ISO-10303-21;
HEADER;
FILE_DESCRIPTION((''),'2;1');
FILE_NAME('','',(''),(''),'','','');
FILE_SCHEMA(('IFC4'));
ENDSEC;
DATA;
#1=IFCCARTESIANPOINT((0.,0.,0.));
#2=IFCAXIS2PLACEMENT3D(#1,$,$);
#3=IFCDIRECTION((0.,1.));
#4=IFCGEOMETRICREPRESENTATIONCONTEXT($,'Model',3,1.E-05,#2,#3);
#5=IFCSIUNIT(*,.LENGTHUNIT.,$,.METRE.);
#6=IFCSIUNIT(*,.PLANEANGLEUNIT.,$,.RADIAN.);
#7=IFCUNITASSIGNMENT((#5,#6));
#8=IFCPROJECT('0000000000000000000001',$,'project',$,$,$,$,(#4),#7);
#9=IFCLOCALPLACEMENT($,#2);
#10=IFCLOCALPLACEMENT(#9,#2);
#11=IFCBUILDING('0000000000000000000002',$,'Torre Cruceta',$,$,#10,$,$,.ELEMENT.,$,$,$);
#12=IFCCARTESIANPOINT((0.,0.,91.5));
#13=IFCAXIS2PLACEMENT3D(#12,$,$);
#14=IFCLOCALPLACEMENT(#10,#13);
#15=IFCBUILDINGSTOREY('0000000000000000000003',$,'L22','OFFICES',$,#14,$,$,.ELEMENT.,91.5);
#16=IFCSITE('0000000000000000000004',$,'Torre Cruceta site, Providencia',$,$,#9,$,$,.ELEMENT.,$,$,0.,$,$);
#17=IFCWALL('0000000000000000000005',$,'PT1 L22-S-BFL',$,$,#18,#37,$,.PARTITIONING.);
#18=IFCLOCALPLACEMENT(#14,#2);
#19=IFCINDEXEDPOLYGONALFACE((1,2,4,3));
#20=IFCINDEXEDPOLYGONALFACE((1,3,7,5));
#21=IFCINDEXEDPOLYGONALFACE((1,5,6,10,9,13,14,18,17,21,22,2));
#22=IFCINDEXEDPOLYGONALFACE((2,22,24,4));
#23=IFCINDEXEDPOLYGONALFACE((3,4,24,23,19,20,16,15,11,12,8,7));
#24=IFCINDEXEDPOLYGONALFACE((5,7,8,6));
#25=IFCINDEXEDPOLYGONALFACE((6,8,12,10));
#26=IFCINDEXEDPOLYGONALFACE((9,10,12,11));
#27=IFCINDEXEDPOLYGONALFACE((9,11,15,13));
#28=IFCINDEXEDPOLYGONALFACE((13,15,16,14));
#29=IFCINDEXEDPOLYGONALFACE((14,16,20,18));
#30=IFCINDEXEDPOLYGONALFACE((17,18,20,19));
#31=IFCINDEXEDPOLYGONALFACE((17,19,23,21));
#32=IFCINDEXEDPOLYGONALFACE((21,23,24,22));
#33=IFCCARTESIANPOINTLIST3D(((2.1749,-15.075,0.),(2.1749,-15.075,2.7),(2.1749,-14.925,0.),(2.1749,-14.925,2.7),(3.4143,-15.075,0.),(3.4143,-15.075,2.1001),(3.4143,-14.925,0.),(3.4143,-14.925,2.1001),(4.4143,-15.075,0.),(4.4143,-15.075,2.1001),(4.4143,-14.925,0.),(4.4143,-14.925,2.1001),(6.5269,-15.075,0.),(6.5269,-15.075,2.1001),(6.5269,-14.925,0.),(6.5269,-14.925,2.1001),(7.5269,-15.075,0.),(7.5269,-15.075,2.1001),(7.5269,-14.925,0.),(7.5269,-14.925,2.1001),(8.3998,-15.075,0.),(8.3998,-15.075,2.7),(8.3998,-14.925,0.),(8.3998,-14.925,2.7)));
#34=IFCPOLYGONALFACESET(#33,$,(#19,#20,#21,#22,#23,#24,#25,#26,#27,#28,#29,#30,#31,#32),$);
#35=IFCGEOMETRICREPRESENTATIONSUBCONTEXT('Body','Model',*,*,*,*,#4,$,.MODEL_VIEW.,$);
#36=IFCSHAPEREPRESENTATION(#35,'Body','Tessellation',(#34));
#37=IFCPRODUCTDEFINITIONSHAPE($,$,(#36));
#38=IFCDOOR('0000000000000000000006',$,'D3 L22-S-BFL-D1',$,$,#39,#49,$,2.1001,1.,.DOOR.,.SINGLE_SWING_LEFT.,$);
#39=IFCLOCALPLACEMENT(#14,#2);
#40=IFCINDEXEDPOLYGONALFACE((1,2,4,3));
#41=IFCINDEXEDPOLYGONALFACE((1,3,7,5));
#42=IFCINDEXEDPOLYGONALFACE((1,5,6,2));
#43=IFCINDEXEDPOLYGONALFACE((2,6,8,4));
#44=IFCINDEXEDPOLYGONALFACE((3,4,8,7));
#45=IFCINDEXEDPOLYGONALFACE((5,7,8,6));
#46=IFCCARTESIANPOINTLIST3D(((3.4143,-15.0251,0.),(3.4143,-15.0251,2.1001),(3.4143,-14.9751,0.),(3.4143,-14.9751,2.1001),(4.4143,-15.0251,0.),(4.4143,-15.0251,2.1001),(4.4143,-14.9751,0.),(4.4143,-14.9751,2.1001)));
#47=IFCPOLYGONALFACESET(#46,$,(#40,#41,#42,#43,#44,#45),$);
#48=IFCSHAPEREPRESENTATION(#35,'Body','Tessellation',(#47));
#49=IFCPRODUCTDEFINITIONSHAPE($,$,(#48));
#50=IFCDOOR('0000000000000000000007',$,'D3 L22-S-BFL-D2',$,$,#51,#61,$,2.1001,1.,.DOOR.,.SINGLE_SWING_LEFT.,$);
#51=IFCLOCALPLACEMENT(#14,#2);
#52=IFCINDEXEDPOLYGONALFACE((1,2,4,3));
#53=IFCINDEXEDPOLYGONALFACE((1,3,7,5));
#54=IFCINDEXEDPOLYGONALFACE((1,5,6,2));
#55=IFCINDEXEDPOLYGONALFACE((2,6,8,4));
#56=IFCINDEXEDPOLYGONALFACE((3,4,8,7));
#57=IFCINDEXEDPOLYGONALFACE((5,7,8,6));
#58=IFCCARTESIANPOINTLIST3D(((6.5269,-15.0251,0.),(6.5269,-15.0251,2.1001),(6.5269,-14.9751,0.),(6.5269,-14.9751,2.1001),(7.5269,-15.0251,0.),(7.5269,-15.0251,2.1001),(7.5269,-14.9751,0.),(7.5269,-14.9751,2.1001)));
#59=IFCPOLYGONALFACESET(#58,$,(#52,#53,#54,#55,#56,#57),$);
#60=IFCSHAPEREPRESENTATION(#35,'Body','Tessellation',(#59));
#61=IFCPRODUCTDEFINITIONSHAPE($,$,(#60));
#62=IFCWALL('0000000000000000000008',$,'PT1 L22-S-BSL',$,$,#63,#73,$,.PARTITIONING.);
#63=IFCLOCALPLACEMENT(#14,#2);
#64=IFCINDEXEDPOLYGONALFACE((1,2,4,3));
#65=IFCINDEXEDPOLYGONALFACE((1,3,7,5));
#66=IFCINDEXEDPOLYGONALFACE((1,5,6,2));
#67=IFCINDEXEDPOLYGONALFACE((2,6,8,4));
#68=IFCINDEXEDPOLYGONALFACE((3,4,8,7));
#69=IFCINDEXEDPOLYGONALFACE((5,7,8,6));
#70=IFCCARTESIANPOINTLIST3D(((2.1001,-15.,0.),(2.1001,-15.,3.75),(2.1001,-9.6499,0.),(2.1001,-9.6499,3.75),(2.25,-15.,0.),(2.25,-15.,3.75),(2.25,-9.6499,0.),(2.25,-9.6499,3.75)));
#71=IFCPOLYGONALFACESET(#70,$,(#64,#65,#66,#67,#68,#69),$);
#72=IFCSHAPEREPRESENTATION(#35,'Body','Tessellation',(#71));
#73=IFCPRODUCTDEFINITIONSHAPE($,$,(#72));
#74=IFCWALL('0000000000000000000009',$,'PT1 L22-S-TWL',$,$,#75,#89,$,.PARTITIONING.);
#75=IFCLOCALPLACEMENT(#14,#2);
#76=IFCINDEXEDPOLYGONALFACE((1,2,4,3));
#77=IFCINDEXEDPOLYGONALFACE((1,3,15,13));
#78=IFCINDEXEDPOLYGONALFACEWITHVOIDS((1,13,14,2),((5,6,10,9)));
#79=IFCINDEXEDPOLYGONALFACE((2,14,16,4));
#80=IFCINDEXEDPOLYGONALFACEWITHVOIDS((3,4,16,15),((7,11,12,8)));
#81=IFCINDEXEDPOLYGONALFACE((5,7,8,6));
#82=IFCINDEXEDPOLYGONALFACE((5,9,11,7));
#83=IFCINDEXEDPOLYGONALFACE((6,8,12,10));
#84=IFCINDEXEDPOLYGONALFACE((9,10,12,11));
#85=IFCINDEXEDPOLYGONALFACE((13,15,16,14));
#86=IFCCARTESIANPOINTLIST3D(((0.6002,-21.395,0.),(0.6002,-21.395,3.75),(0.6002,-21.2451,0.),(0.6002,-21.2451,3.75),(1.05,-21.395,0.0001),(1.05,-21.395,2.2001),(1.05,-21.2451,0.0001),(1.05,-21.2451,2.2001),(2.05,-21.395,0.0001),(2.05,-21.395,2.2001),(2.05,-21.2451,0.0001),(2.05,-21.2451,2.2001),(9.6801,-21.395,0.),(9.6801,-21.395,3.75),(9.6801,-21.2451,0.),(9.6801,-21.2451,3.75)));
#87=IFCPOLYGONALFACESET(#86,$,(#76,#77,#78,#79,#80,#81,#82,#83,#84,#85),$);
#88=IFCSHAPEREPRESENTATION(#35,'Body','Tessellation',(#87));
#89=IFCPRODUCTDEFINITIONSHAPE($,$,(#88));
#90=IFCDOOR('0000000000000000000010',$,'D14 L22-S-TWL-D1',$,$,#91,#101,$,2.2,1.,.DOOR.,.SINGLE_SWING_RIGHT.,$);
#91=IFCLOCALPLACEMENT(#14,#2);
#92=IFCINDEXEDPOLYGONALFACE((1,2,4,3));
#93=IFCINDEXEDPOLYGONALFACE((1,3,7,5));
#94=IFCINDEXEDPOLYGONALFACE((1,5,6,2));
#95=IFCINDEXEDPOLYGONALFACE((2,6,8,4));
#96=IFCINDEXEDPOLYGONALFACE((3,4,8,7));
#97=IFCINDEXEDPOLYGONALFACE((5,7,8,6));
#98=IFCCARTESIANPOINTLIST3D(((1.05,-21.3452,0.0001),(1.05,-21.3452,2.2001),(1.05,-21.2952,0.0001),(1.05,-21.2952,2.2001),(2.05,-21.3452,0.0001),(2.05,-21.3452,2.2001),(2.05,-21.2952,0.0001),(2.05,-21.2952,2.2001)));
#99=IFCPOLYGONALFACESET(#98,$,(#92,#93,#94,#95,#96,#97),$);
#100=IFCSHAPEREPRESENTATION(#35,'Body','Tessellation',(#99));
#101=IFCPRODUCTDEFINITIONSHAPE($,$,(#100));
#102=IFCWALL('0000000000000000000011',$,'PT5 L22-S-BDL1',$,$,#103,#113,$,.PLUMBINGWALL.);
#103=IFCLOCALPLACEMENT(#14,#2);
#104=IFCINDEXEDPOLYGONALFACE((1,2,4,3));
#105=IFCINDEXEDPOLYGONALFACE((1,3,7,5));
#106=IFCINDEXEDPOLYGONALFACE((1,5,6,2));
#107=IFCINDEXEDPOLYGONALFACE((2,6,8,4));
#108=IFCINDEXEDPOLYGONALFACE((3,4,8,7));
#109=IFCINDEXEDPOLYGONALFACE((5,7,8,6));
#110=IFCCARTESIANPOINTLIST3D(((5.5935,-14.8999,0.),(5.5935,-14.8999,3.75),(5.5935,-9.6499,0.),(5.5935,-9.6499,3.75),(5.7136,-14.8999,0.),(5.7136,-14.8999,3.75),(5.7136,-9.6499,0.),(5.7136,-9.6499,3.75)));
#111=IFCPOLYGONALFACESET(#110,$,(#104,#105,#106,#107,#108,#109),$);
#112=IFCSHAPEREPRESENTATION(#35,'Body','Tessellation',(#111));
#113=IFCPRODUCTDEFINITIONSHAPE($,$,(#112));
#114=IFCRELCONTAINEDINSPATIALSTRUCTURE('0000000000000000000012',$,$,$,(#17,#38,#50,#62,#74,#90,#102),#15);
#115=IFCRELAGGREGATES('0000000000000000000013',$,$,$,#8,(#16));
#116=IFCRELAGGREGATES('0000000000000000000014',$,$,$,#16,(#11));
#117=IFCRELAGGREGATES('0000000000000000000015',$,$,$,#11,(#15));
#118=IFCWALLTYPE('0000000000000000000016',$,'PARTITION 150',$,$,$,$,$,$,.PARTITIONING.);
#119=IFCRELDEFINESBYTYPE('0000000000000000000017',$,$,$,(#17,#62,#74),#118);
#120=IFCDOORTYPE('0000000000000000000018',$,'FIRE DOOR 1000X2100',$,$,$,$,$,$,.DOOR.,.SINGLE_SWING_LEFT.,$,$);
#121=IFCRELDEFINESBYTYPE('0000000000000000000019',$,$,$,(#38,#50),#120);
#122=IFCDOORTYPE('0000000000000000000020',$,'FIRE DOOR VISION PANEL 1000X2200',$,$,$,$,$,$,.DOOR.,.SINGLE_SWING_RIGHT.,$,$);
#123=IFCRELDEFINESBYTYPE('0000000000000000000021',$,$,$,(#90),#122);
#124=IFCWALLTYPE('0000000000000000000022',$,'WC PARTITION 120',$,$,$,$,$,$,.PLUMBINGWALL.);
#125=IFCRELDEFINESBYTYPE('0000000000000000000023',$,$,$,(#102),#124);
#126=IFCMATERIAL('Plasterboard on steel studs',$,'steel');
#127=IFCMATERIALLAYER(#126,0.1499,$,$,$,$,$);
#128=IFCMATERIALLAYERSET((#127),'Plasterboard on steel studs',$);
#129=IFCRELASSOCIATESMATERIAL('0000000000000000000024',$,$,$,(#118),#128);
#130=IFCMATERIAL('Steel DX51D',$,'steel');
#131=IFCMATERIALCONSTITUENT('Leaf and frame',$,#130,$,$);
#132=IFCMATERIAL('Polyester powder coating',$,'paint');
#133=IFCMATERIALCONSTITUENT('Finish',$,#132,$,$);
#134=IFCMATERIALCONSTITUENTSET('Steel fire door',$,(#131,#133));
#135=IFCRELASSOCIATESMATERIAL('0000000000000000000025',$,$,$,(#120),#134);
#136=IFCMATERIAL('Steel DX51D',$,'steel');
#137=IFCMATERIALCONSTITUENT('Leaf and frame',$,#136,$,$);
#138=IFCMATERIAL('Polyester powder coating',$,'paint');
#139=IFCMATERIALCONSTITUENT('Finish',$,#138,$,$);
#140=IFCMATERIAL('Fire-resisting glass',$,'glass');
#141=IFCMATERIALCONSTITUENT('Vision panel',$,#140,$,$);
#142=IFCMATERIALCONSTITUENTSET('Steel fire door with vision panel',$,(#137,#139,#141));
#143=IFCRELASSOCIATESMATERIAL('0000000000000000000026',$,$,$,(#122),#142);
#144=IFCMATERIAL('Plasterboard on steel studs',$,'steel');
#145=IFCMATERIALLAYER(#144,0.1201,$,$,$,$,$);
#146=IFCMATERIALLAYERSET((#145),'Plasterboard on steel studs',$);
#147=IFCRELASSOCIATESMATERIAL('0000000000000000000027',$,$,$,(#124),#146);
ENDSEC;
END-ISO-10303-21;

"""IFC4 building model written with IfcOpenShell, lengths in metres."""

from ifc_helpers import new_model, si_unit, direction, frame, frame_2d, origin, place, context, subcontext, project, spatial, rectangle, extrude, material, layer, layer_set, constituent, constituent_set, type_object, element, fill, save


model = new_model("IFC4")

# Units and contexts
model_context = context("Model", 3, precision=1e-05, world=origin(), true_north=direction((0.0, 1.0)))
body_context = subcontext(model_context, "Body", "Model", "MODEL_VIEW")
ifc_project = project(units=[si_unit("LENGTHUNIT", "METRE"), si_unit("PLANEANGLEUNIT", "RADIAN")], contexts=[model_context])

# Site, building, storey
site_placement = place(None, origin())
site = spatial("IfcSite", under=ifc_project, at=site_placement, Name="Torre Cruceta site, Providencia", CompositionType="ELEMENT", RefElevation=0.0)
building_placement = place(site_placement, origin())
building = spatial("IfcBuilding", under=site, at=building_placement, Name="Torre Cruceta", CompositionType="ELEMENT")
storey_placement = place(building_placement, frame((0.0, 0.0, 91.5)))
storey = spatial("IfcBuildingStorey", under=building, at=storey_placement, Name="L22", Description="OFFICES", CompositionType="ELEMENT", Elevation=91.5)

# Wall, openings, doors
ifc_material_1 = material(Name="Plasterboard on steel studs", Category="steel")
ifc_layer_1 = layer(ifc_material_1, 0.1499)
ifc_layer_set_1 = layer_set([ifc_layer_1], Name="Plasterboard on steel studs")
wall_type_1 = type_object("IfcWallType", Name="PARTITION 150", PredefinedType="PARTITIONING", material=ifc_layer_set_1)
wall_1_placement = place(storey_placement, frame((2.175, -15.0, 0.0), z_axis=(0.0, 0.0, 1.0), x_axis=(1.0, 0.0, 0.0)))
wall_1 = element("IfcWall", 1, at=wall_1_placement, inside=storey, type_object=wall_type_1, Name="PT1 L22-S-BFL", PredefinedType="PARTITIONING", context=body_context, shape_type="SweptSolid", body=[
    extrude(rectangle(XDim=6.2249, YDim=0.1499, at=frame_2d((3.1123, 0.0))), origin(), (0.0, 0.0, 1.0), 2.7),
])
opening_1_placement = place(wall_1_placement, frame((1.2393, 0.0, 0.0)))
opening_1 = element("IfcOpeningElement", 2, at=opening_1_placement, cuts=wall_1, PredefinedType="OPENING", context=body_context, shape_type="SweptSolid", body=[
    extrude(rectangle(XDim=1.0, YDim=2.1001, at=frame_2d((0.5, 1.05))), frame((0.0, 0.085, 0.0), z_axis=(0.0, -1.0, 0.0), x_axis=(1.0, 0.0, 0.0)), (0.0, 0.0, 1.0), 0.1699),
])
opening_2_placement = place(wall_1_placement, frame((4.3518, 0.0, 0.0)))
opening_2 = element("IfcOpeningElement", 3, at=opening_2_placement, cuts=wall_1, PredefinedType="OPENING", context=body_context, shape_type="SweptSolid", body=[
    extrude(rectangle(XDim=1.0, YDim=2.1001, at=frame_2d((0.5, 1.05))), frame((0.0, 0.085, 0.0), z_axis=(0.0, -1.0, 0.0), x_axis=(1.0, 0.0, 0.0)), (0.0, 0.0, 1.0), 0.1699),
])
ifc_material_2 = material(Name="Steel DX51D", Category="steel")
ifc_constituent_1 = constituent(ifc_material_2, Name="Leaf and frame")
ifc_material_3 = material(Name="Polyester powder coating", Category="paint")
ifc_constituent_2 = constituent(ifc_material_3, Name="Finish")
ifc_constituent_set_1 = constituent_set(constituents=[ifc_constituent_1, ifc_constituent_2], Name="Steel fire door")
door_type_1 = type_object("IfcDoorType", Name="FIRE DOOR 1000X2100", OperationType="SINGLE_SWING_LEFT", PredefinedType="DOOR", material=ifc_constituent_set_1)
door_1_placement = place(opening_1_placement, origin())
door_1 = element("IfcDoor", 4, at=door_1_placement, inside=storey, type_object=door_type_1, Name="D3 L22-S-BFL-D1", OperationType="SINGLE_SWING_LEFT", OverallHeight=2.1001, OverallWidth=1.0, PredefinedType="DOOR", context=body_context, shape_type="SweptSolid", body=[
    extrude(rectangle(XDim=1.0, YDim=2.1001, at=frame_2d((0.5, 1.05))), frame((0.0, 0.0249, 0.0), z_axis=(0.0, -1.0, 0.0), x_axis=(1.0, 0.0, 0.0)), (0.0, 0.0, 1.0), 0.05),
])
fill(opening_1, door_1)
door_2_placement = place(opening_2_placement, origin())
door_2 = element("IfcDoor", 5, at=door_2_placement, inside=storey, type_object=door_type_1, Name="D3 L22-S-BFL-D2", OperationType="SINGLE_SWING_LEFT", OverallHeight=2.1001, OverallWidth=1.0, PredefinedType="DOOR", context=body_context, shape_type="SweptSolid", body=[
    extrude(rectangle(XDim=1.0, YDim=2.1001, at=frame_2d((0.5, 1.05))), frame((0.0, 0.0249, 0.0), z_axis=(0.0, -1.0, 0.0), x_axis=(1.0, 0.0, 0.0)), (0.0, 0.0, 1.0), 0.05),
])
fill(opening_2, door_2)

# Wall
wall_2_placement = place(storey_placement, frame((2.175, -9.6499, 0.0), z_axis=(0.0, 0.0, 1.0), x_axis=(0.0, -1.0, 0.0)))
element("IfcWall", 6, at=wall_2_placement, inside=storey, type_object=wall_type_1, Name="PT1 L22-S-BSL", PredefinedType="PARTITIONING", context=body_context, shape_type="SweptSolid", body=[
    extrude(rectangle(XDim=5.3501, YDim=0.1499, at=frame_2d((2.675, 0.0))), origin(), (0.0, 0.0, 1.0), 3.75),
])

# Wall, opening, door
wall_3_placement = place(storey_placement, frame((0.6001, -21.3201, 0.0), z_axis=(0.0, 0.0, 1.0), x_axis=(1.0, 0.0, 0.0)))
wall_3 = element("IfcWall", 7, at=wall_3_placement, inside=storey, type_object=wall_type_1, Name="PT1 L22-S-TWL", PredefinedType="PARTITIONING", context=body_context, shape_type="SweptSolid", body=[
    extrude(rectangle(XDim=9.0798, YDim=0.1499, at=frame_2d((4.54, 0.0))), origin(), (0.0, 0.0, 1.0), 3.75),
])
opening_3_placement = place(wall_3_placement, frame((0.45, 0.0, 0.0)))
opening_3 = element("IfcOpeningElement", 8, at=opening_3_placement, cuts=wall_3, PredefinedType="OPENING", context=body_context, shape_type="SweptSolid", body=[
    extrude(rectangle(XDim=1.0, YDim=2.2, at=frame_2d((0.5, 1.1001))), frame((0.0, 0.085, 0.0), z_axis=(0.0, -1.0, 0.0), x_axis=(1.0, 0.0, 0.0)), (0.0, 0.0, 1.0), 0.1699),
])
ifc_material_4 = material(Name="Steel DX51D", Category="steel")
ifc_constituent_3 = constituent(ifc_material_4, Name="Leaf and frame")
ifc_material_5 = material(Name="Polyester powder coating", Category="paint")
ifc_constituent_4 = constituent(ifc_material_5, Name="Finish")
ifc_material_6 = material(Name="Fire-resisting glass", Category="glass")
ifc_constituent_5 = constituent(ifc_material_6, Name="Vision panel")
ifc_constituent_set_2 = constituent_set(constituents=[ifc_constituent_3, ifc_constituent_4, ifc_constituent_5], Name="Steel fire door with vision panel")
door_type_2 = type_object("IfcDoorType", Name="FIRE DOOR VISION PANEL 1000X2200", OperationType="SINGLE_SWING_RIGHT", PredefinedType="DOOR", material=ifc_constituent_set_2)
door_3_placement = place(opening_3_placement, frame((1.0, 0.0, 0.0), z_axis=(0.0, 0.0, 1.0), x_axis=(-1.0, 0.0, 0.0)))
door_3 = element("IfcDoor", 9, at=door_3_placement, inside=storey, type_object=door_type_2, Name="D14 L22-S-TWL-D1", OperationType="SINGLE_SWING_RIGHT", OverallHeight=2.2, OverallWidth=1.0, PredefinedType="DOOR", context=body_context, shape_type="SweptSolid", body=[
    extrude(rectangle(XDim=1.0, YDim=2.2, at=frame_2d((0.5, 1.1001))), frame((0.0, 0.0251, 0.0), z_axis=(0.0, -1.0, 0.0), x_axis=(1.0, 0.0, 0.0)), (0.0, 0.0, 1.0), 0.05),
])
fill(opening_3, door_3)

# Wall
ifc_material_7 = material(Name="Plasterboard on steel studs", Category="steel")
ifc_layer_2 = layer(ifc_material_7, 0.1201)
ifc_layer_set_2 = layer_set([ifc_layer_2], Name="Plasterboard on steel studs")
wall_type_2 = type_object("IfcWallType", Name="WC PARTITION 120", PredefinedType="PLUMBINGWALL", material=ifc_layer_set_2)
wall_4_placement = place(storey_placement, frame((5.6536, -9.6499, 0.0), z_axis=(0.0, 0.0, 1.0), x_axis=(0.0, -1.0, 0.0)))
element("IfcWall", 10, at=wall_4_placement, inside=storey, type_object=wall_type_2, Name="PT5 L22-S-BDL1", PredefinedType="PLUMBINGWALL", context=body_context, shape_type="SweptSolid", body=[
    extrude(rectangle(XDim=5.25, YDim=0.1201, at=frame_2d((2.625, 0.0))), origin(), (0.0, 0.0, 1.0), 3.75),
])

save(model, "model.ifc")
